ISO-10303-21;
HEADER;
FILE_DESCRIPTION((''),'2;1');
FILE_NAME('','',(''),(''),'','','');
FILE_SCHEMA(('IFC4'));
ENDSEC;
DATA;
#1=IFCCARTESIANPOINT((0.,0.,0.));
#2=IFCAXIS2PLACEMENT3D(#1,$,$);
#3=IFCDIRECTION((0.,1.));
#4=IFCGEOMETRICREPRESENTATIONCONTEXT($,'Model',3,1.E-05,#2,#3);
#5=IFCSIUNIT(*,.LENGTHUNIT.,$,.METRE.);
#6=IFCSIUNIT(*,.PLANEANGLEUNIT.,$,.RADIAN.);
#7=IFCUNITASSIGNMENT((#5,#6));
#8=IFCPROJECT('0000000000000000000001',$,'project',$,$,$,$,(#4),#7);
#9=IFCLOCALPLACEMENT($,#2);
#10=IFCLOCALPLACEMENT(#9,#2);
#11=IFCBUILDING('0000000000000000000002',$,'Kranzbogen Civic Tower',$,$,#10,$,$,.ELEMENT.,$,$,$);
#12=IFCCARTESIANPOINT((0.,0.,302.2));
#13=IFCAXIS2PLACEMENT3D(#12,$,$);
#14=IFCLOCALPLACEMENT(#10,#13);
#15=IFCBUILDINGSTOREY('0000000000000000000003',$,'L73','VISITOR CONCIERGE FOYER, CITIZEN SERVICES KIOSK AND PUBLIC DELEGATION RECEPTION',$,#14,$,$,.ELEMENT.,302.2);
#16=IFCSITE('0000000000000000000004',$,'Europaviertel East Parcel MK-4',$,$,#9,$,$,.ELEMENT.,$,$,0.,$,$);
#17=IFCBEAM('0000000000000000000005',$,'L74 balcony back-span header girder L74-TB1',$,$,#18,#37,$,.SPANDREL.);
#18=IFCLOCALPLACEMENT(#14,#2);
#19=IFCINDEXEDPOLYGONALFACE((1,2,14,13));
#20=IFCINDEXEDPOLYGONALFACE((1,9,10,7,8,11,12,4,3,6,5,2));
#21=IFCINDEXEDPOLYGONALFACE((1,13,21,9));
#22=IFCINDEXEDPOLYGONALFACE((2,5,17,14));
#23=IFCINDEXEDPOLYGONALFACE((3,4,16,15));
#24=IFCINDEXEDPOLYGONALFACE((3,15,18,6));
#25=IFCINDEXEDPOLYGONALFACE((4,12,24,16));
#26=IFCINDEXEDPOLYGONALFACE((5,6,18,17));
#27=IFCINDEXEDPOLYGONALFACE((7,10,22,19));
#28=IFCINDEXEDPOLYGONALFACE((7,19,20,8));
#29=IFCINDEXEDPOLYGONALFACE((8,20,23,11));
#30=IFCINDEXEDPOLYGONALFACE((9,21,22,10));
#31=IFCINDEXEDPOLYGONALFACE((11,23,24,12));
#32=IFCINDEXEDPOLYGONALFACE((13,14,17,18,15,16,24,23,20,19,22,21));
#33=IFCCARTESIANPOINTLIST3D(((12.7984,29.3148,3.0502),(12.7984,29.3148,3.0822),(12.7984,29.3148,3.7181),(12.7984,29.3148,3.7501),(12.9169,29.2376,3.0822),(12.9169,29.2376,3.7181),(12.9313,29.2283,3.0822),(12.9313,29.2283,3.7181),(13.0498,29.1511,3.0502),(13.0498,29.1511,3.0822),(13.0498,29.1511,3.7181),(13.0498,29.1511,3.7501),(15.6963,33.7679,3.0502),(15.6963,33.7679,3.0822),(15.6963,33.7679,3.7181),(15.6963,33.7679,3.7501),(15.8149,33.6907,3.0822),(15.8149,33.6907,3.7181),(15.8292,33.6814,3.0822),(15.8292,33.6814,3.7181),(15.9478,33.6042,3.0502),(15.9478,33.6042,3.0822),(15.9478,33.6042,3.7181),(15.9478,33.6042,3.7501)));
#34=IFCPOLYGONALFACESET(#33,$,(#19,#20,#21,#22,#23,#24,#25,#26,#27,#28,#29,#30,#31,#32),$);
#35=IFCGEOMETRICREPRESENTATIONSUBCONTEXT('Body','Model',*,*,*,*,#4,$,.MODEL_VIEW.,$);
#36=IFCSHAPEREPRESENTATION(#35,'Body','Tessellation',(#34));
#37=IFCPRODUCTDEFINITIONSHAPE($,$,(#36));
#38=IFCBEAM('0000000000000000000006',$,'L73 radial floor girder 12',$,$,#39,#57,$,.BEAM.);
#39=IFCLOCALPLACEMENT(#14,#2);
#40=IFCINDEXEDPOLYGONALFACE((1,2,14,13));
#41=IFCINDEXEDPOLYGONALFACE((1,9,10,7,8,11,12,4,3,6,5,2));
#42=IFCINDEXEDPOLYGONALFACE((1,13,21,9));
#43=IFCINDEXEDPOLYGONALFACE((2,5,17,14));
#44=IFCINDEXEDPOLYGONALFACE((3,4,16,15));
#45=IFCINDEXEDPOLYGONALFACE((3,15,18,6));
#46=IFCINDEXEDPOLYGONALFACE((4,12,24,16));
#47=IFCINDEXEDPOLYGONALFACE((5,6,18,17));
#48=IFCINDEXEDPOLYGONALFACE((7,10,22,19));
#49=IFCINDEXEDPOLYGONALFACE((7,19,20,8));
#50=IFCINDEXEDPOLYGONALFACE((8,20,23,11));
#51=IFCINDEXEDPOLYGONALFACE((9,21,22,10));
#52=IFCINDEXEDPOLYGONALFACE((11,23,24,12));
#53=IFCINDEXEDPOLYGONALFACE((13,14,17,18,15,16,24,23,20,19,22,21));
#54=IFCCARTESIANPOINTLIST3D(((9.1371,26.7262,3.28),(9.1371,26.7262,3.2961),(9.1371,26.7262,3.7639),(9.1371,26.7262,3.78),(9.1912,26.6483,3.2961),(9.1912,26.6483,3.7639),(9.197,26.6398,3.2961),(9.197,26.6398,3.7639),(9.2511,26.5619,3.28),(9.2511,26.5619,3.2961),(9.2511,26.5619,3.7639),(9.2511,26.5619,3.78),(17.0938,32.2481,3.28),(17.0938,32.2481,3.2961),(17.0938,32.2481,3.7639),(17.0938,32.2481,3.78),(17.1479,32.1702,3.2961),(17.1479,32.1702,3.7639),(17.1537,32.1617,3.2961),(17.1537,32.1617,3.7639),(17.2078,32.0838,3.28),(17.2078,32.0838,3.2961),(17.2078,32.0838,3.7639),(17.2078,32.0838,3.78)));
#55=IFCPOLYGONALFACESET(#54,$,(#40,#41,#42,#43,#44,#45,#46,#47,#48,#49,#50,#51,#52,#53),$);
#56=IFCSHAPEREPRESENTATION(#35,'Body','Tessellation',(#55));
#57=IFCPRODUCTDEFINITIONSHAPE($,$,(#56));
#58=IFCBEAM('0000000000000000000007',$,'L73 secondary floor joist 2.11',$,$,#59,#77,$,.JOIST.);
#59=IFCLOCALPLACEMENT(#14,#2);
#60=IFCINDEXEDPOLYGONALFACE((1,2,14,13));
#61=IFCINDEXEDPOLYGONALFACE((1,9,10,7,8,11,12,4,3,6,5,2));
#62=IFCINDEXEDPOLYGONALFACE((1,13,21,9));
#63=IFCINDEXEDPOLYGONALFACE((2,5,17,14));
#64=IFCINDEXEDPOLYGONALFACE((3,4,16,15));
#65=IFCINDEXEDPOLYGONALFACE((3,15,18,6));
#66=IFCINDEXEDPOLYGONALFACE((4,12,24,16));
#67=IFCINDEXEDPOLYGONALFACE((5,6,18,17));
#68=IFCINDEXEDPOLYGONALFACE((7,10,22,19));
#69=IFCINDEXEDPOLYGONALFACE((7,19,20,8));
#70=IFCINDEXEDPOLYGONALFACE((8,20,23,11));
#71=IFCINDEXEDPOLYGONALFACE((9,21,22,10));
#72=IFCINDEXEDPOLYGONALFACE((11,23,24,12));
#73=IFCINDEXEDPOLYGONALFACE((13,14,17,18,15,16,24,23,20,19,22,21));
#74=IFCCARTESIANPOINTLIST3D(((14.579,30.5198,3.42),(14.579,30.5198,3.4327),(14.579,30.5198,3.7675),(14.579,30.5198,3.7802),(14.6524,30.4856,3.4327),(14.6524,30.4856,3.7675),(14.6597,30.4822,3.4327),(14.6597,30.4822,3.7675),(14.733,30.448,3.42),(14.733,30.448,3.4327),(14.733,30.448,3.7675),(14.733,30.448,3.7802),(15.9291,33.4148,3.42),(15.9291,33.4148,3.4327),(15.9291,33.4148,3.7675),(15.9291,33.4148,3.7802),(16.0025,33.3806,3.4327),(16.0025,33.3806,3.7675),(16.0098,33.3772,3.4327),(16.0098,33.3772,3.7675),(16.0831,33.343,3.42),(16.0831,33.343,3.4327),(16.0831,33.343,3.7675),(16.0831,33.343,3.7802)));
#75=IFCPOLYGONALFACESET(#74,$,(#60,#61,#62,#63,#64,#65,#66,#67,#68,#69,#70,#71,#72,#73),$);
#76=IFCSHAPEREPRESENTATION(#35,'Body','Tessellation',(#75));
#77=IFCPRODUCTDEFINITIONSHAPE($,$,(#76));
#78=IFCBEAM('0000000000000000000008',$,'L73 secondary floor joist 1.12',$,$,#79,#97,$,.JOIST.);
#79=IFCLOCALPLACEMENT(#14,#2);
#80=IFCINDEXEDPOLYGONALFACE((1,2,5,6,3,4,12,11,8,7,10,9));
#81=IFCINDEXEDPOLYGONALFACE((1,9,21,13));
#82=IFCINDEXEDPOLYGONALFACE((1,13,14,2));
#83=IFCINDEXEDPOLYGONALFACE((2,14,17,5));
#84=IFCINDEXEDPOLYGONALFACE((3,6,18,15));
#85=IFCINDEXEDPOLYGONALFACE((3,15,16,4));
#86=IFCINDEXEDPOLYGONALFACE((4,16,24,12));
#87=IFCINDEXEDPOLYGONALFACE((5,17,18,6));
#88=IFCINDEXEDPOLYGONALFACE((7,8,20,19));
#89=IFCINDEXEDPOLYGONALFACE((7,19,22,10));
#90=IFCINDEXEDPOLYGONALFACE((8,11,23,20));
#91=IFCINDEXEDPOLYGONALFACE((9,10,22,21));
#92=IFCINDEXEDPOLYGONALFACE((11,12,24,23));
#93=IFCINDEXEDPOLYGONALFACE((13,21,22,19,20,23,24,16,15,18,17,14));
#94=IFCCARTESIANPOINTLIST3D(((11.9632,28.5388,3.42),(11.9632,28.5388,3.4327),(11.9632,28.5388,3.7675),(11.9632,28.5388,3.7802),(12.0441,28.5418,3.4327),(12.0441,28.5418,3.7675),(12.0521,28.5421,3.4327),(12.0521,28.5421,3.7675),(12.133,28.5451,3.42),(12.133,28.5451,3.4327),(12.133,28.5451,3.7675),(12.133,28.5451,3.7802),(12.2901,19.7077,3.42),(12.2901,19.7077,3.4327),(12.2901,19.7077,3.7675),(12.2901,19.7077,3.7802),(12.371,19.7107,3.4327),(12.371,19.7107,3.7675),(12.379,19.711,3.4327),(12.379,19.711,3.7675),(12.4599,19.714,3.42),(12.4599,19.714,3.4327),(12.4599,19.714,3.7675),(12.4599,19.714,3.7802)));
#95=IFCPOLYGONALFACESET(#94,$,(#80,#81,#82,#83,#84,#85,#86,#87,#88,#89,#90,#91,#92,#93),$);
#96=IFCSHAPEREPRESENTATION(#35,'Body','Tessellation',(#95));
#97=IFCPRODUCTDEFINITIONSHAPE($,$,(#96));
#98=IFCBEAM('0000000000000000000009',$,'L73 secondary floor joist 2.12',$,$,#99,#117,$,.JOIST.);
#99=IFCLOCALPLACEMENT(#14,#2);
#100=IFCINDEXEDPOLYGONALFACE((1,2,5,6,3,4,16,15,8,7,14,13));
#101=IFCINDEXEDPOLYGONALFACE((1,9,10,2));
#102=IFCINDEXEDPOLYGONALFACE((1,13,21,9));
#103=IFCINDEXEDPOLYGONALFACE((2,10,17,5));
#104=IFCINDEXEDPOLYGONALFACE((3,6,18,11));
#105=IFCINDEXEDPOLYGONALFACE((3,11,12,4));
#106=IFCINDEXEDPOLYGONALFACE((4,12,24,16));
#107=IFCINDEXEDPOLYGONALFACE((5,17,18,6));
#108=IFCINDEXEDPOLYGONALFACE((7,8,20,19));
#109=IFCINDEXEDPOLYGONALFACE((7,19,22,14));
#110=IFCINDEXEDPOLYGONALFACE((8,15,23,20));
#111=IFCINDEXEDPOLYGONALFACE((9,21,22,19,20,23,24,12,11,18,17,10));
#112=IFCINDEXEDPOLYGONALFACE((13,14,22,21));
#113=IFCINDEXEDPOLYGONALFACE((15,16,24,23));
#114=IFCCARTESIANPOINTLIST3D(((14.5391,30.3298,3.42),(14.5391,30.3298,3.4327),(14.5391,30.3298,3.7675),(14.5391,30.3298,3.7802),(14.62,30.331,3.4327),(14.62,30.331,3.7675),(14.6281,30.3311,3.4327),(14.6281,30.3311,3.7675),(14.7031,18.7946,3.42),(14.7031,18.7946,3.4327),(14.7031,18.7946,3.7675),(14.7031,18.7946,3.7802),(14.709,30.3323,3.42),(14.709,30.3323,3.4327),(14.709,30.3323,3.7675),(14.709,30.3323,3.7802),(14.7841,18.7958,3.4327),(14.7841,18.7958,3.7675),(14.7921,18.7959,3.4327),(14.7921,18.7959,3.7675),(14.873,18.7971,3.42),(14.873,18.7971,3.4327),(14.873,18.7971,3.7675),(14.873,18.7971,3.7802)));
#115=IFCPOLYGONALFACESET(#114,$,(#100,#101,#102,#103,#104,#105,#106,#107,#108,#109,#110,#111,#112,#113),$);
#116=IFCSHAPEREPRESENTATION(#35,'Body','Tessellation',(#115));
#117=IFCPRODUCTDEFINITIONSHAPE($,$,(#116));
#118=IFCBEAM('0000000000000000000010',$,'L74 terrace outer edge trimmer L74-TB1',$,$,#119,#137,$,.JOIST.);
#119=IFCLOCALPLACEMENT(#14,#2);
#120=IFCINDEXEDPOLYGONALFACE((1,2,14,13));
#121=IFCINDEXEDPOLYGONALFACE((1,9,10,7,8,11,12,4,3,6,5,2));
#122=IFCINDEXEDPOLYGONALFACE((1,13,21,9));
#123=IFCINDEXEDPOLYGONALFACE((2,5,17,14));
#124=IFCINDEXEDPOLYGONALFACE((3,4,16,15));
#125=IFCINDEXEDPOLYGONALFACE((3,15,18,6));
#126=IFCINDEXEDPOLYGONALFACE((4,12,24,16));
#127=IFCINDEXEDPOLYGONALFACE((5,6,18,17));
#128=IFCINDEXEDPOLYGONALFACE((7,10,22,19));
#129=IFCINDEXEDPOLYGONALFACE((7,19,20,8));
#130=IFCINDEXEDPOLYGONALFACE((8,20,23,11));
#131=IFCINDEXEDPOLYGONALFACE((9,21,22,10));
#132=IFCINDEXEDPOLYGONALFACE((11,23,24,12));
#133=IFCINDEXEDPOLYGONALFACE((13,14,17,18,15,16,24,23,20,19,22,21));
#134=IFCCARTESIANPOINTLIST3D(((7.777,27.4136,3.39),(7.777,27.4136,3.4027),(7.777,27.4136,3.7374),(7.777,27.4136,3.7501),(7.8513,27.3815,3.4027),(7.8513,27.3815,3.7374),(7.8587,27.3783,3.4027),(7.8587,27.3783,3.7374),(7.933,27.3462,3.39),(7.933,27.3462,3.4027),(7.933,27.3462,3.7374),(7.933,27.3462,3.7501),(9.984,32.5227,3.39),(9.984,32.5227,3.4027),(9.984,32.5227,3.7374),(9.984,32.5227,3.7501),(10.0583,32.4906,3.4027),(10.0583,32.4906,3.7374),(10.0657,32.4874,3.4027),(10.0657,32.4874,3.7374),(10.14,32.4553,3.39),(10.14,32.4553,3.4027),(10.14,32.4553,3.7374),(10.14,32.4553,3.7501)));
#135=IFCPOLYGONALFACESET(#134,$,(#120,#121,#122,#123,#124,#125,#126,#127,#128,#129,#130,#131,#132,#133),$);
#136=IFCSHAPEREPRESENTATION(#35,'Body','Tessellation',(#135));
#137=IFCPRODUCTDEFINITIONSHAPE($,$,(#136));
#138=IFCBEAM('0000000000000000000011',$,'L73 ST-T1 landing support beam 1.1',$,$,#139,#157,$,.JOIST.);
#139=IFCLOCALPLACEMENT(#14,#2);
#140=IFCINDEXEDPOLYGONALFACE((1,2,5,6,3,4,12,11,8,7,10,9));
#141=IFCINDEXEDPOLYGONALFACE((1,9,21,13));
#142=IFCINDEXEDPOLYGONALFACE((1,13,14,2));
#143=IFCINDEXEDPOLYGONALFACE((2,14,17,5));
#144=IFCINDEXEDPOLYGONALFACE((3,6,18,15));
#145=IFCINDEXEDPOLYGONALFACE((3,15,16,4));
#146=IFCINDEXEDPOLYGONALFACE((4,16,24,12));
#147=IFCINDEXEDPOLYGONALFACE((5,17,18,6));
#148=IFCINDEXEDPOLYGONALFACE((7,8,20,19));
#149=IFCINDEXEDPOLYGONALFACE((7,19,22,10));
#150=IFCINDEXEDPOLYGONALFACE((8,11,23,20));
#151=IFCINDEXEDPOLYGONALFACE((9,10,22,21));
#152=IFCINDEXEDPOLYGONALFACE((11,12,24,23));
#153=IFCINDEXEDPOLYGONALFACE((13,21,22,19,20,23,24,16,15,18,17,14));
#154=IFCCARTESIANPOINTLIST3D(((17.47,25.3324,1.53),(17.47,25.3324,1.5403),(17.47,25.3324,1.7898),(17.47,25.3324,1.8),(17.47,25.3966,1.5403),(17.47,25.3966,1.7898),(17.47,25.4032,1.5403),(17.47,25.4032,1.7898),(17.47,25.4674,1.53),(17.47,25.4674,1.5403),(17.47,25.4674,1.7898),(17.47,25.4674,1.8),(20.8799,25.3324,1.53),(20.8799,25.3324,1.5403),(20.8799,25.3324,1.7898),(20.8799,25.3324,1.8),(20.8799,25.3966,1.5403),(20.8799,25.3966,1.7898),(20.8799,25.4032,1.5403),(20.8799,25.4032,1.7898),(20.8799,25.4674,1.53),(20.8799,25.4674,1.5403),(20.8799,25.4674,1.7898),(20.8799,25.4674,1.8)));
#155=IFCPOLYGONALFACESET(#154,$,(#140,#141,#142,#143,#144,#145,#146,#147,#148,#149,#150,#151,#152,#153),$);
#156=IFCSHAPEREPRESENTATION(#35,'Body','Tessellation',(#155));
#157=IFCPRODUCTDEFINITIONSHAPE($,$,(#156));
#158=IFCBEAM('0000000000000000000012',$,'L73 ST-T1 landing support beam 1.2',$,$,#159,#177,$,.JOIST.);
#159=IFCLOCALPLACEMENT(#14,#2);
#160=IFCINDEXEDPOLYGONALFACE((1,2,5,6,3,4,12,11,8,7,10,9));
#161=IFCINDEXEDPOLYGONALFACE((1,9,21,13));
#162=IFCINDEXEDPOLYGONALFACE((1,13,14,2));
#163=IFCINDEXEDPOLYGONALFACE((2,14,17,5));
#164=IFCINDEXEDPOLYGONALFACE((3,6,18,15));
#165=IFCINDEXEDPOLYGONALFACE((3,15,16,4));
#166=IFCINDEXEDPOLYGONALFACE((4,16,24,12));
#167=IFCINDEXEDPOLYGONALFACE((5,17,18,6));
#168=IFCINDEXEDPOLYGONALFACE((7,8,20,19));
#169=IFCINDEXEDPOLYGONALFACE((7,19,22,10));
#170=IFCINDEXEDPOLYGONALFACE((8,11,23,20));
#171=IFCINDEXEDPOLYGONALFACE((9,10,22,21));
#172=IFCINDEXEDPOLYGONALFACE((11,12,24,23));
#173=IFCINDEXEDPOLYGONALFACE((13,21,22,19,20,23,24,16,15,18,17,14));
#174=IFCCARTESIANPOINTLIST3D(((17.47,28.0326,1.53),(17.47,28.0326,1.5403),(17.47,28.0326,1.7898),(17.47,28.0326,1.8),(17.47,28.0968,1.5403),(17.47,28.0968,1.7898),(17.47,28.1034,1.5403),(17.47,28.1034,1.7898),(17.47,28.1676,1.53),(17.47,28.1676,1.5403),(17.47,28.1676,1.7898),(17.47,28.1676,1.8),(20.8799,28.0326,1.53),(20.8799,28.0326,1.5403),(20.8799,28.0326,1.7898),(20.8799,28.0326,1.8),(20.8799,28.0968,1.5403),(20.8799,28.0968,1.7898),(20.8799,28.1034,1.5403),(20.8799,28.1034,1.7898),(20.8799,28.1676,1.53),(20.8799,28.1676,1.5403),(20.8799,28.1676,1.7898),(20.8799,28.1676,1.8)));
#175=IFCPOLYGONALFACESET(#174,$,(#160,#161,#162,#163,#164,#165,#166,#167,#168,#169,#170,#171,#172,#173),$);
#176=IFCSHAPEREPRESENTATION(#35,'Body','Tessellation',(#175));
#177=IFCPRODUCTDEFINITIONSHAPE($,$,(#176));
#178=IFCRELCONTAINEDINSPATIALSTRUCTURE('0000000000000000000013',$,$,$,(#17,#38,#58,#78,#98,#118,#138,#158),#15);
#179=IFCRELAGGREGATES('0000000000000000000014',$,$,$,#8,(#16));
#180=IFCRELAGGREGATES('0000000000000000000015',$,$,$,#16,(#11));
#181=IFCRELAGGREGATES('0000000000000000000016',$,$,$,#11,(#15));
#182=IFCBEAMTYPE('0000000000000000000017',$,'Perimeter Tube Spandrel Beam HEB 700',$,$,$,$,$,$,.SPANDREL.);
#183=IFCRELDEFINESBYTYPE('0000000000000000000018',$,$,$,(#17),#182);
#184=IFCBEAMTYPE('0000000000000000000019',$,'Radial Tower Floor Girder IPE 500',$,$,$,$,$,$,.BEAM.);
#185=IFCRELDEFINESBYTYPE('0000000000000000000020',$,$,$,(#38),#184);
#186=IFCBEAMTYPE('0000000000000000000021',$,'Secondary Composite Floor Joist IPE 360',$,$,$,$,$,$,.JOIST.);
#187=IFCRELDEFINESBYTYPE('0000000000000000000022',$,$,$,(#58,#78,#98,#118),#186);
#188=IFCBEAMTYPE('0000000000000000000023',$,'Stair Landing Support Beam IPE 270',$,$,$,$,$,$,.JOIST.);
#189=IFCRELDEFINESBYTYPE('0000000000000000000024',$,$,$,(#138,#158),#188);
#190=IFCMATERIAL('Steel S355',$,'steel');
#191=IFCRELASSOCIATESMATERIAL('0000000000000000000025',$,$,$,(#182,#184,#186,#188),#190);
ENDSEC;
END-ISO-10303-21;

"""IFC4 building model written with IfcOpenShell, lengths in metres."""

from ifc_helpers import new_model, si_unit, direction, frame, origin, origin_2d, place, context, subcontext, project, spatial, i_section, extrude, material, material_profile, profile_set, type_object, element, save


model = new_model("IFC4")

# Units and contexts
model_context = context("Model", 3, precision=1e-05, world=origin(), true_north=direction((0.0, 1.0)))
body_context = subcontext(model_context, "Body", "Model", "MODEL_VIEW")
ifc_project = project(units=[si_unit("LENGTHUNIT", "METRE"), si_unit("PLANEANGLEUNIT", "RADIAN")], contexts=[model_context])

# Site, building, storey
site_placement = place(None, origin())
site = spatial("IfcSite", under=ifc_project, at=site_placement, Name="Europaviertel East Parcel MK-4", CompositionType="ELEMENT", RefElevation=0.0)
building_placement = place(site_placement, origin())
building = spatial("IfcBuilding", under=site, at=building_placement, Name="Kranzbogen Civic Tower", CompositionType="ELEMENT")
storey_placement = place(building_placement, frame((0.0, 0.0, 302.2)))
storey = spatial("IfcBuildingStorey", under=building, at=storey_placement, Name="L73", Description="VISITOR CONCIERGE FOYER, CITIZEN SERVICES KIOSK AND PUBLIC DELEGATION RECEPTION", CompositionType="ELEMENT", Elevation=302.2)

# Shared definitions
ifc_material_1 = material(Name="Steel S355", Category="steel")

# Beams
ifc_material_profile_1 = material_profile(ifc_material_1, i_section(OverallWidth=0.3, OverallDepth=0.7, WebThickness=0.0171, FlangeThickness=0.032, at=origin_2d()), Name="HEB 700")
ifc_profile_set_1 = profile_set([ifc_material_profile_1], Name="Steel S355")
beam_type_1 = type_object("IfcBeamType", Name="Perimeter Tube Spandrel Beam HEB 700", PredefinedType="SPANDREL", material=ifc_profile_set_1)
beam_1_placement = place(storey_placement, frame((15.822, 33.686, 3.4001), z_axis=(-0.545441, -0.83815, 0.0), x_axis=(0.83815, -0.545441, 0.0)))
element("IfcBeam", 1, at=beam_1_placement, inside=storey, type_object=beam_type_1, Name="L74 balcony back-span header girder L74-TB1", PredefinedType="SPANDREL", context=body_context, shape_type="SweptSolid", body=[
    extrude(i_section(OverallWidth=0.3, OverallDepth=0.7, WebThickness=0.0171, FlangeThickness=0.032, at=origin_2d()), origin(), (0.0, 0.0, 1.0), 5.313),
])
ifc_material_profile_2 = material_profile(ifc_material_1, i_section(OverallWidth=0.2, OverallDepth=0.5, WebThickness=0.0103, FlangeThickness=0.0161, at=origin_2d()), Name="IPE 500")
ifc_profile_set_2 = profile_set([ifc_material_profile_2], Name="Steel S355")
beam_type_2 = type_object("IfcBeamType", Name="Radial Tower Floor Girder IPE 500", PredefinedType="BEAM", material=ifc_profile_set_2)
beam_2_placement = place(storey_placement, frame((9.1941, 26.644, 3.53), z_axis=(0.821543, 0.570147, 0.0), x_axis=(-0.570147, 0.821543, 0.0)))
element("IfcBeam", 2, at=beam_2_placement, inside=storey, type_object=beam_type_2, Name="L73 radial floor girder 12", PredefinedType="BEAM", context=body_context, shape_type="SweptSolid", body=[
    extrude(i_section(OverallWidth=0.2, OverallDepth=0.5, WebThickness=0.0103, FlangeThickness=0.0161, at=origin_2d()), origin(), (0.0, 0.0, 1.0), 9.6851),
])
ifc_material_profile_3 = material_profile(ifc_material_1, i_section(OverallWidth=0.1699, OverallDepth=0.3601, WebThickness=0.0081, FlangeThickness=0.0127, at=origin_2d()), Name="IPE 360")
ifc_profile_set_3 = profile_set([ifc_material_profile_3], Name="Steel S355")
beam_type_3 = type_object("IfcBeamType", Name="Secondary Composite Floor Joist IPE 360", PredefinedType="JOIST", material=ifc_profile_set_3)
beam_3_placement = place(storey_placement, frame((16.0061, 33.3789, 3.6001), z_axis=(-0.422651, -0.906292, 0.0), x_axis=(0.906292, -0.422651, 0.0)))
element("IfcBeam", 3, at=beam_3_placement, inside=storey, type_object=beam_type_3, Name="L73 secondary floor joist 2.11", PredefinedType="JOIST", context=body_context, shape_type="SweptSolid", body=[
    extrude(i_section(OverallWidth=0.1699, OverallDepth=0.3601, WebThickness=0.0081, FlangeThickness=0.0127, at=origin_2d()), origin(), (0.0, 0.0, 1.0), 3.1943),
])
beam_4_placement = place(storey_placement, frame((12.0481, 28.542, 3.6001), z_axis=(0.036992, -0.999316, 0.0), x_axis=(0.999316, 0.036992, 0.0)))
element("IfcBeam", 4, at=beam_4_placement, inside=storey, type_object=beam_type_3, Name="L73 secondary floor joist 1.12", PredefinedType="JOIST", context=body_context, shape_type="SweptSolid", body=[
    extrude(i_section(OverallWidth=0.1699, OverallDepth=0.3601, WebThickness=0.0081, FlangeThickness=0.0127, at=origin_2d()), origin(), (0.0, 0.0, 1.0), 8.8372),
])
beam_5_placement = place(storey_placement, frame((14.624, 30.3311, 3.6001), z_axis=(0.014221, -0.999899, 0.0), x_axis=(0.999899, 0.014221, 0.0)))
element("IfcBeam", 5, at=beam_5_placement, inside=storey, type_object=beam_type_3, Name="L73 secondary floor joist 2.12", PredefinedType="JOIST", context=body_context, shape_type="SweptSolid", body=[
    extrude(i_section(OverallWidth=0.1699, OverallDepth=0.3601, WebThickness=0.0081, FlangeThickness=0.0127, at=origin_2d()), origin(), (0.0, 0.0, 1.0), 11.5364),
])
beam_6_placement = place(storey_placement, frame((10.062, 32.489, 3.5701), z_axis=(-0.39656, -0.918009, 0.0), x_axis=(0.918009, -0.39656, 0.0)))
element("IfcBeam", 6, at=beam_6_placement, inside=storey, type_object=beam_type_3, Name="L74 terrace outer edge trimmer L74-TB1", PredefinedType="JOIST", context=body_context, shape_type="SweptSolid", body=[
    extrude(i_section(OverallWidth=0.1699, OverallDepth=0.3601, WebThickness=0.0081, FlangeThickness=0.0127, at=origin_2d()), origin(), (0.0, 0.0, 1.0), 5.5654),
])
ifc_material_profile_4 = material_profile(ifc_material_1, i_section(OverallWidth=0.135, OverallDepth=0.27, WebThickness=0.0066, FlangeThickness=0.0103, at=origin_2d()), Name="IPE 270")
ifc_profile_set_4 = profile_set([ifc_material_profile_4], Name="Steel S355")
beam_type_4 = type_object("IfcBeamType", Name="Stair Landing Support Beam IPE 270", PredefinedType="JOIST", material=ifc_profile_set_4)
for number, where, z_axis, x_axis, name in (
    (7, (20.8799, 25.3999, 1.665), (-1.0, 0.0, 0.0), (0.0, -1.0, 0.0), "L73 ST-T1 landing support beam 1.1"),
    (8, (20.8799, 28.1001, 1.665), (-1.0, 0.0, 0.0), (0.0, -1.0, 0.0), "L73 ST-T1 landing support beam 1.2"),
):
    element("IfcBeam", number, at=place(storey_placement, frame(where, z_axis=z_axis, x_axis=x_axis)), inside=storey, type_object=beam_type_4, Name=name, PredefinedType="JOIST", context=body_context, shape_type="SweptSolid", body=[
        extrude(i_section(OverallWidth=0.135, OverallDepth=0.27, WebThickness=0.0066, FlangeThickness=0.0103, at=origin_2d()), origin(), (0.0, 0.0, 1.0), 3.4099),
    ])

save(model, "model.ifc")
